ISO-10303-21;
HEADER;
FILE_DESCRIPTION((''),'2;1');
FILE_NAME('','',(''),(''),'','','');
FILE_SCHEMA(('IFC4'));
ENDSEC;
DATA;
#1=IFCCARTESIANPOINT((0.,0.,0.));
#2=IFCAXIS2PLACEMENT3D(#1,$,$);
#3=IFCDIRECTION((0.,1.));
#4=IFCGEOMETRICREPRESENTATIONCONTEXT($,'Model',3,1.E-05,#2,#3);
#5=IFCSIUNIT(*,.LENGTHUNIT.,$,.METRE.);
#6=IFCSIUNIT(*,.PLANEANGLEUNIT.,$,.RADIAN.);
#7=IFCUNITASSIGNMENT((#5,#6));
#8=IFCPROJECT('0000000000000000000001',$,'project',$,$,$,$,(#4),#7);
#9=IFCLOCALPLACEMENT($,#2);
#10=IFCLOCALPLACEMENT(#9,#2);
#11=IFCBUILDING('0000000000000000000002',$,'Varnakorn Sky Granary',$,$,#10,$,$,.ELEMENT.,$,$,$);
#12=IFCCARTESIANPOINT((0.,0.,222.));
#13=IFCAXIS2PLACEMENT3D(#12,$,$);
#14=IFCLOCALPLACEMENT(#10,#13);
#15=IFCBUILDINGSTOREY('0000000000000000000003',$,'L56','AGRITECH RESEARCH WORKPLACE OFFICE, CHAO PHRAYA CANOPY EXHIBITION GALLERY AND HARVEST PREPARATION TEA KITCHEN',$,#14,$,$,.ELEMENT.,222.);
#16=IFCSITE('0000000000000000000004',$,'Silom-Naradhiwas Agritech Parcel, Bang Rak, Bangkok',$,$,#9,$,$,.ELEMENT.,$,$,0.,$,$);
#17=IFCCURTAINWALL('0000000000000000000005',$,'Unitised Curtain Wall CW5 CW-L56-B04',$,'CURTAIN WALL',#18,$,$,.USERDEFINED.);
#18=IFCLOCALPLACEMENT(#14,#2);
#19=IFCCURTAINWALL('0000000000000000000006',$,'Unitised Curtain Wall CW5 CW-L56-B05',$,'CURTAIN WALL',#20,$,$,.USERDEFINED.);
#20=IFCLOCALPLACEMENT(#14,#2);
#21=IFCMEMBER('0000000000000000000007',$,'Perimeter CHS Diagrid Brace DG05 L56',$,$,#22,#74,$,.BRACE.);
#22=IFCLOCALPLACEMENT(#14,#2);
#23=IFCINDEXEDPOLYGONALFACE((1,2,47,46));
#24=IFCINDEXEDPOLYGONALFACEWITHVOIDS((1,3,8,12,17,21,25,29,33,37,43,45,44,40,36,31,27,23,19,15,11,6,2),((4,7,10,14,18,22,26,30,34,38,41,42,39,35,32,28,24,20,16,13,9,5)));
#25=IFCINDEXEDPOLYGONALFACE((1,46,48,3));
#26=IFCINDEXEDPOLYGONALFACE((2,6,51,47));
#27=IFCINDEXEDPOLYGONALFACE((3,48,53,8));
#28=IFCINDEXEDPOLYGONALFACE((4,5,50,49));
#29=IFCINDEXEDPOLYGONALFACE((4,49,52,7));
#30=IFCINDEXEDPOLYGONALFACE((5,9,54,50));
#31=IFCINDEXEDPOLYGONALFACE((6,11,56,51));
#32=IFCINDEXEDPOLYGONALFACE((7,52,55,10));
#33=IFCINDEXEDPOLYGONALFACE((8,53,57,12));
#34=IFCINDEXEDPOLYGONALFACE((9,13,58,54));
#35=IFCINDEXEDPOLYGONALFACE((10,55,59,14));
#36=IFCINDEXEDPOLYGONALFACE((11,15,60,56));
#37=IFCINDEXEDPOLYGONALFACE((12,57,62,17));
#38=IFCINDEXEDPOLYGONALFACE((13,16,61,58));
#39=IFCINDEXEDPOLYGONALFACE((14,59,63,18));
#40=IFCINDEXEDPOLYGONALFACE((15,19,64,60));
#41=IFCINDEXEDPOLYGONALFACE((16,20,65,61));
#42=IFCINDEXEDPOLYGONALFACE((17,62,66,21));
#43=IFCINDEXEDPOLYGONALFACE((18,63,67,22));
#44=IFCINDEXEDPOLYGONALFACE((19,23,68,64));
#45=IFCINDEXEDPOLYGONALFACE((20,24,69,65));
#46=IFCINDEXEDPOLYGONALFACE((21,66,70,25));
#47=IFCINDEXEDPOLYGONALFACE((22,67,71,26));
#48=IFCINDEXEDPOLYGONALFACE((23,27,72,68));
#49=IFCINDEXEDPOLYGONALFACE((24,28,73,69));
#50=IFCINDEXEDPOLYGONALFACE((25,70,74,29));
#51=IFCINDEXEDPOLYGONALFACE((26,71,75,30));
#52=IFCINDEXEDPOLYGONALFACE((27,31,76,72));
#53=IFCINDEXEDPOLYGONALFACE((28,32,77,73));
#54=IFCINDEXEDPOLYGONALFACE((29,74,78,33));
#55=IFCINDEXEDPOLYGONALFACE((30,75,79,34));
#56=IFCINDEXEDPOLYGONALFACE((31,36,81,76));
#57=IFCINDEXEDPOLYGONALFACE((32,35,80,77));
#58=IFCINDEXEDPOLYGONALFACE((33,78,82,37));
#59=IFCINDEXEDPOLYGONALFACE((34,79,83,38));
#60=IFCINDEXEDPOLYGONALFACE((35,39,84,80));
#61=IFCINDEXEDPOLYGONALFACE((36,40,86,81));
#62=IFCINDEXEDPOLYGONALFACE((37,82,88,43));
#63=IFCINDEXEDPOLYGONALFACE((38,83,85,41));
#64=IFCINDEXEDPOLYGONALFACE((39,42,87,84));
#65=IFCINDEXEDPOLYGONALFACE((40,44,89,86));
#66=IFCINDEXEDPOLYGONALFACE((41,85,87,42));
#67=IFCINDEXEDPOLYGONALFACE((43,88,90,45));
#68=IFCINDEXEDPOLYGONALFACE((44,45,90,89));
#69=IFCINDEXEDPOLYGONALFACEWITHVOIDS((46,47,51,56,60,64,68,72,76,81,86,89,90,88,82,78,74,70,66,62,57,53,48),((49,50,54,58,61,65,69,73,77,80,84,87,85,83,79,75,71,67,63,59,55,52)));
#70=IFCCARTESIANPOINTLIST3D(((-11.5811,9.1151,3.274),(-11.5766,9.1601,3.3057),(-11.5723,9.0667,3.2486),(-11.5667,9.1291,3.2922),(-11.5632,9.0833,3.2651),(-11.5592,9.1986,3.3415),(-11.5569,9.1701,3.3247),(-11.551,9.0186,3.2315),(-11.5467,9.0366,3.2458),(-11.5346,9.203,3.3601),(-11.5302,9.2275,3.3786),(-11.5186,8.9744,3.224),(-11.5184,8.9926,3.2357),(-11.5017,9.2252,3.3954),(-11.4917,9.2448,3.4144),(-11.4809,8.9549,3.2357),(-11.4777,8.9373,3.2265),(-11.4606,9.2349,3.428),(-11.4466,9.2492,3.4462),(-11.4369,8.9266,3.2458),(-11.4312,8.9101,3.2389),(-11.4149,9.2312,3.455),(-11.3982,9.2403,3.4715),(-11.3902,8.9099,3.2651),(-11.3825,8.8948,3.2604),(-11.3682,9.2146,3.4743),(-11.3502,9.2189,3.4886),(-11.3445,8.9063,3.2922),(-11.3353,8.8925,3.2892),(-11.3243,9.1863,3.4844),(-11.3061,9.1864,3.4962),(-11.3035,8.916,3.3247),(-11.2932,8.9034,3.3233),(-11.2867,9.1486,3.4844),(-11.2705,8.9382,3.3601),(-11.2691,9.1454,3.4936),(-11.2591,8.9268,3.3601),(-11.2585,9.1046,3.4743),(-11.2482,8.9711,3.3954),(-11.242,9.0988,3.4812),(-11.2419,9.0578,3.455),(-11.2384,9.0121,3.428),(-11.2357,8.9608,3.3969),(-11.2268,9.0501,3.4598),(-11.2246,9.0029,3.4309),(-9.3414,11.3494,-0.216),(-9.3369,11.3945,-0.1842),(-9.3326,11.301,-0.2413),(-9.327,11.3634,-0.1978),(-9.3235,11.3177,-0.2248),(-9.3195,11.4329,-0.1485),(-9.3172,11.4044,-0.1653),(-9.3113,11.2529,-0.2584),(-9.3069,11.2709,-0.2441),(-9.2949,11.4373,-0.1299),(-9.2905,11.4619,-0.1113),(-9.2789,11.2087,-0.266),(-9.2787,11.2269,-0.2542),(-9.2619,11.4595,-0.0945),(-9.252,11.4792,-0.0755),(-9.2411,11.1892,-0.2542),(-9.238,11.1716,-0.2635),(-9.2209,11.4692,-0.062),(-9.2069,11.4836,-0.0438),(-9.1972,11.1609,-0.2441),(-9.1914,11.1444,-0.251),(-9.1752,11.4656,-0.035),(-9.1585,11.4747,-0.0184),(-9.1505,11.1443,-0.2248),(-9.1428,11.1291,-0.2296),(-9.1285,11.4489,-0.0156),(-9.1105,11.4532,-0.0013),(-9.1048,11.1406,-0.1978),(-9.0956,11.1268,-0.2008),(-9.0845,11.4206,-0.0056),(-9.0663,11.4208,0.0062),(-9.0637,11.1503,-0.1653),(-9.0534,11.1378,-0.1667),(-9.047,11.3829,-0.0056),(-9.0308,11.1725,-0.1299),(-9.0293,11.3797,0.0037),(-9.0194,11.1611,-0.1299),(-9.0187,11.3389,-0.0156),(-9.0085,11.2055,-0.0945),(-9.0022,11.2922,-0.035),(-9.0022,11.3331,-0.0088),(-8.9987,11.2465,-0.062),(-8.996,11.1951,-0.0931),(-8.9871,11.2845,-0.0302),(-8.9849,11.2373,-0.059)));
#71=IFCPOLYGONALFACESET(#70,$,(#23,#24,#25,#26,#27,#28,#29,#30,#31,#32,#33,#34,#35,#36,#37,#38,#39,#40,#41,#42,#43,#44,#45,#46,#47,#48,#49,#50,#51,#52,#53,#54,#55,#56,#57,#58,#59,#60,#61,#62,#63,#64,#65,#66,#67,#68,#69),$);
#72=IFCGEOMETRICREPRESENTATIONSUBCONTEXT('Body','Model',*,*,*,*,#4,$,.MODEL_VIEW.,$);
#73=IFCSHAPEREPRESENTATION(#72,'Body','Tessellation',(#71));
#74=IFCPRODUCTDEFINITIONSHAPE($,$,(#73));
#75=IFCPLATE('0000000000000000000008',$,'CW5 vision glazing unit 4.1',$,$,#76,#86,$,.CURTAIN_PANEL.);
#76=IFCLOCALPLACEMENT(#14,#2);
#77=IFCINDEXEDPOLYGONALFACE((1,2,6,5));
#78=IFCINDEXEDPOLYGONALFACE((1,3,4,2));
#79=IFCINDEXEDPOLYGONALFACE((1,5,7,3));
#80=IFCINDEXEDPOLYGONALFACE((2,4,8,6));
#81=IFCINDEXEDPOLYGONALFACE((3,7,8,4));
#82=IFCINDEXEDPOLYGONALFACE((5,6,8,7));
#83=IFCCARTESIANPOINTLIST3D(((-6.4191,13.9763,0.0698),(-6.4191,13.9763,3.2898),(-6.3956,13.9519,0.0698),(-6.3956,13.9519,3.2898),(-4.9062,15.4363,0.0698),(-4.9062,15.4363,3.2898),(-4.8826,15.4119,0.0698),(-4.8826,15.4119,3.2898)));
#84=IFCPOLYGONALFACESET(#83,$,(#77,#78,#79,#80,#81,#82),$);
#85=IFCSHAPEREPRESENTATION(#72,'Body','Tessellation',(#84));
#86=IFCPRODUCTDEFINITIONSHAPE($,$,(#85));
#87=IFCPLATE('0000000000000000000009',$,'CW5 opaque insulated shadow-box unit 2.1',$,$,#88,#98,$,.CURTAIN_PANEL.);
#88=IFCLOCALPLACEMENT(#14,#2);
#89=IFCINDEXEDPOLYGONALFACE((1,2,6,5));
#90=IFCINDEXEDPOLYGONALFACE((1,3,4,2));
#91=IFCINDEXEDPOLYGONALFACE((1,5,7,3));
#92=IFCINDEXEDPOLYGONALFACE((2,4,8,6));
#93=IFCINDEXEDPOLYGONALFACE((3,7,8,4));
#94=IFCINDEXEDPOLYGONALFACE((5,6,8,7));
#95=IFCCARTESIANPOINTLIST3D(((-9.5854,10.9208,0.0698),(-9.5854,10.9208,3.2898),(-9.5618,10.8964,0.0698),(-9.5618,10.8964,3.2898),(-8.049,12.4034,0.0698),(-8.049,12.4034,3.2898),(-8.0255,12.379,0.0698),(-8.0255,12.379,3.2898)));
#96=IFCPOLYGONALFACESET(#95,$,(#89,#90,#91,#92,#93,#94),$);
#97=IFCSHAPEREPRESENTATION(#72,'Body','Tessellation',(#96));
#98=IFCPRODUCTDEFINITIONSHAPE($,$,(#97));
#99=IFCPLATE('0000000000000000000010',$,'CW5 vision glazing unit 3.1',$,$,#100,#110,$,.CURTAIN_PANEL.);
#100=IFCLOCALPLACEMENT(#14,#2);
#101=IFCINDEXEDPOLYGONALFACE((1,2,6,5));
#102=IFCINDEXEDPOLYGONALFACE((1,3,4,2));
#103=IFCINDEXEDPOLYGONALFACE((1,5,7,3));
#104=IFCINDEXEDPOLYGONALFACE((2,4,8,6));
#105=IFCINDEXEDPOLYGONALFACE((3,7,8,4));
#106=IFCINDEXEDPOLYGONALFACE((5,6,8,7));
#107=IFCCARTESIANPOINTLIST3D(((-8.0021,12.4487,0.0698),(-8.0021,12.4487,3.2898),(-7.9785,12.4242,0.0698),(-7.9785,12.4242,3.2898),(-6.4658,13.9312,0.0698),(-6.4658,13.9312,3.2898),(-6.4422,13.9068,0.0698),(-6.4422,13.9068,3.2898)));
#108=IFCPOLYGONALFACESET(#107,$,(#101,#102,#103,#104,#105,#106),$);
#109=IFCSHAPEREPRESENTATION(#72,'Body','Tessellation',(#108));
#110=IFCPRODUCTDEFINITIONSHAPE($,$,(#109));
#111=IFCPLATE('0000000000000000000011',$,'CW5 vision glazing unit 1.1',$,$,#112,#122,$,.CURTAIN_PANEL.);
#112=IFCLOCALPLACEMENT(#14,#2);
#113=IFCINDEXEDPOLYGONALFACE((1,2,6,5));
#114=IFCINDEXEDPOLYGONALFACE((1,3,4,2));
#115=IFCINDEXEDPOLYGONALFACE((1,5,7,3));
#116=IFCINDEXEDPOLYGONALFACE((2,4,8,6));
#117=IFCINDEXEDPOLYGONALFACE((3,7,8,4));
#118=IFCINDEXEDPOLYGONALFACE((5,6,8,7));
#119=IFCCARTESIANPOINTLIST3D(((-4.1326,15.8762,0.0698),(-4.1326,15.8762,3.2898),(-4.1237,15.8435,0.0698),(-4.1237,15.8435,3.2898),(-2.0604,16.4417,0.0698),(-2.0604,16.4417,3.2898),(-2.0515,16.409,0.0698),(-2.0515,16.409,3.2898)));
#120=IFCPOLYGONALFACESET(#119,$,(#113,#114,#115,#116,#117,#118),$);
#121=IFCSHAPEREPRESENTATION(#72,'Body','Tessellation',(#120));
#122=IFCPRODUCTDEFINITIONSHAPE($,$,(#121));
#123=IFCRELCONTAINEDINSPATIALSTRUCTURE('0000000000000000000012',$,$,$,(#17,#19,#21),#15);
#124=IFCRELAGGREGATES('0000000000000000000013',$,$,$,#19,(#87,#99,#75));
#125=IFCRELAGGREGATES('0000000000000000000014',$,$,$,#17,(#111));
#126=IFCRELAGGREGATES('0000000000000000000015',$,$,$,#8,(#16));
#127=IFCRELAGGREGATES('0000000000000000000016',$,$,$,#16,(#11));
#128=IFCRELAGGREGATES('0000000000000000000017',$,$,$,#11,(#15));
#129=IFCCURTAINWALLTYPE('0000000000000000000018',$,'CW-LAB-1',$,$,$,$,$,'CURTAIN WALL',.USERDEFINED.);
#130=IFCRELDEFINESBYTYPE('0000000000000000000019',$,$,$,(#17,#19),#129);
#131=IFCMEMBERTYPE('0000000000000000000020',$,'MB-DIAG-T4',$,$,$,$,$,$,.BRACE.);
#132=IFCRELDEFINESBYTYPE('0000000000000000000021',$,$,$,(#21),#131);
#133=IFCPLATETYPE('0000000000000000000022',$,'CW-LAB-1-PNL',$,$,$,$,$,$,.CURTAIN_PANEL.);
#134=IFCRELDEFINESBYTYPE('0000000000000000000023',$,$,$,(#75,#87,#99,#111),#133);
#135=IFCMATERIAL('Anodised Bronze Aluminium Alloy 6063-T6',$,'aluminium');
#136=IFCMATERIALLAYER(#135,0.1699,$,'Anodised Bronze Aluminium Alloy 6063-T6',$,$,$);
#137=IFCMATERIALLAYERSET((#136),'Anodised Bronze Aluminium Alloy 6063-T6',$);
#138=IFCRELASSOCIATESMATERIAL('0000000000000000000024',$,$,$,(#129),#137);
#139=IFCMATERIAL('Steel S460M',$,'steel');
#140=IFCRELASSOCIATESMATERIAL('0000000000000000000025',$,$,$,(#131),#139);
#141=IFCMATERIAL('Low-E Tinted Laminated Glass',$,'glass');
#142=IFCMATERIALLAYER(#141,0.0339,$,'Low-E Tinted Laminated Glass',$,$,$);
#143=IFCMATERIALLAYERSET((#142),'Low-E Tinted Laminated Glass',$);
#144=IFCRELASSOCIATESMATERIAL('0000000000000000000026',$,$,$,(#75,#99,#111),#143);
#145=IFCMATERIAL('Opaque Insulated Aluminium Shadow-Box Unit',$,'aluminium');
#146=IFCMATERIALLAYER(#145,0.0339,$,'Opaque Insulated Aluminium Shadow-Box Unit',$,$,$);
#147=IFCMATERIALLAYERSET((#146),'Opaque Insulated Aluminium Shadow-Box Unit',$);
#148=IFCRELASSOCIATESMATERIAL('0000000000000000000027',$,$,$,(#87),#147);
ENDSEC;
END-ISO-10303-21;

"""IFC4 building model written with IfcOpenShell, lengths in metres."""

from ifc_helpers import new_model, si_unit, direction, frame, origin, origin_2d, place, context, subcontext, project, spatial, rectangle, hollow_circle, extrude, source, transform, mapped, material, layer, layer_set, material_profile, profile_set, type_object, type_shapes, element, aggregate, save


model = new_model("IFC4")

# Units and contexts
model_context = context("Model", 3, precision=1e-05, world=origin(), true_north=direction((0.0, 1.0)))
body_context = subcontext(model_context, "Body", "Model", "MODEL_VIEW")
ifc_project = project(units=[si_unit("LENGTHUNIT", "METRE"), si_unit("PLANEANGLEUNIT", "RADIAN")], contexts=[model_context])

# Site, building, storey
site_placement = place(None, origin())
site = spatial("IfcSite", under=ifc_project, at=site_placement, Name="Silom-Naradhiwas Agritech Parcel, Bang Rak, Bangkok", CompositionType="ELEMENT", RefElevation=0.0)
building_placement = place(site_placement, origin())
building = spatial("IfcBuilding", under=site, at=building_placement, Name="Varnakorn Sky Granary", CompositionType="ELEMENT")
storey_placement = place(building_placement, frame((0.0, 0.0, 222.0)))
storey = spatial("IfcBuildingStorey", under=building, at=storey_placement, Name="L56", Description="AGRITECH RESEARCH WORKPLACE OFFICE, CHAO PHRAYA CANOPY EXHIBITION GALLERY AND HARVEST PREPARATION TEA KITCHEN", CompositionType="ELEMENT", Elevation=222.0)

# Shared definitions
ifc_material_1 = material(Name="Steel S460M", Category="steel")

# Curtain wall
ifc_material_2 = material(Name="Anodised Bronze Aluminium Alloy 6063-T6", Category="aluminium")
ifc_layer_1 = layer(ifc_material_2, 0.1699, Name="Anodised Bronze Aluminium Alloy 6063-T6")
ifc_layer_set_1 = layer_set([ifc_layer_1], Name="Anodised Bronze Aluminium Alloy 6063-T6")
curtain_wall_type = type_object("IfcCurtainWallType", Name="CW-LAB-1", ElementType="CURTAIN WALL", PredefinedType="USERDEFINED", material=ifc_layer_set_1)
curtain_wall_1_placement = place(storey_placement, origin())
curtain_wall_1 = element("IfcCurtainWall", 1, at=curtain_wall_1_placement, inside=storey, type_object=curtain_wall_type, Name="Unitised Curtain Wall CW5 CW-L56-B04", ObjectType="CURTAIN WALL", PredefinedType="USERDEFINED")

# Curtain wall
curtain_wall_2_placement = place(storey_placement, origin())
curtain_wall_2 = element("IfcCurtainWall", 2, at=curtain_wall_2_placement, inside=storey, type_object=curtain_wall_type, Name="Unitised Curtain Wall CW5 CW-L56-B05", ObjectType="CURTAIN WALL", PredefinedType="USERDEFINED")

# Member
ifc_material_profile_1 = material_profile(ifc_material_1, hollow_circle(Radius=0.2031, WallThickness=0.0161, at=origin_2d()), Name="CHS 406.4x16")
ifc_profile_set_1 = profile_set([ifc_material_profile_1], Name="Steel S460M")
member_type_1 = type_object("IfcMemberType", Name="MB-DIAG-T4", PredefinedType="BRACE", material=ifc_profile_set_1)
member_1_placement = place(storey_placement, frame((-9.1628, 11.3049, -0.1299), z_axis=(-0.475478, -0.474338, 0.740894), x_axis=(0.706257, -0.707955, 0.0)))
element("IfcMember", 3, at=member_1_placement, inside=storey, type_object=member_type_1, Name="Perimeter CHS Diagrid Brace DG05 L56", PredefinedType="BRACE", context=body_context, shape_type="SweptSolid", body=[
    extrude(hollow_circle(Radius=0.2031, WallThickness=0.0161, at=origin_2d()), origin(), (0.0, 0.0, 1.0), 4.7104),
])

# Plates
ifc_material_3 = material(Name="Low-E Tinted Laminated Glass", Category="glass")
ifc_layer_2 = layer(ifc_material_3, 0.0339, Name="Low-E Tinted Laminated Glass")
ifc_layer_set_2 = layer_set([ifc_layer_2], Name="Low-E Tinted Laminated Glass")
plate_type = type_object("IfcPlateType", Name="CW-LAB-1-PNL", PredefinedType="CURTAIN_PANEL")
shared_shape_1 = source(origin(), body_context, "Body", "SweptSolid", [
    extrude(rectangle(XDim=2.1025, YDim=0.0339, at=origin_2d()), origin(), (0.0, 0.0, 1.0), 3.22),
])
plate_1_placement = place(storey_placement, frame((-5.6509, 14.6941, 0.0698), z_axis=(0.0, 0.0, 1.0), x_axis=(0.719585, 0.694404, 0.0)))
plate_1 = element("IfcPlate", 4, at=plate_1_placement, type_object=plate_type, material=ifc_layer_set_2, Name="CW5 vision glazing unit 4.1", PredefinedType="CURTAIN_PANEL", context=body_context, shape_type="MappedRepresentation", body=[
    mapped(shared_shape_1, transform((0.0, 0.0, 0.0), x_axis=(1.0, 0.0, 0.0), y_axis=(0.0, 1.0, 0.0), z_axis=(0.0, 0.0, 1.0), scale=1.0)),
])
ifc_material_4 = material(Name="Opaque Insulated Aluminium Shadow-Box Unit", Category="aluminium")
ifc_layer_3 = layer(ifc_material_4, 0.0339, Name="Opaque Insulated Aluminium Shadow-Box Unit")
ifc_layer_set_3 = layer_set([ifc_layer_3], Name="Opaque Insulated Aluminium Shadow-Box Unit")
shared_shape_2 = source(origin(), body_context, "Body", "SweptSolid", [
    extrude(rectangle(XDim=2.135, YDim=0.0339, at=origin_2d()), origin(), (0.0, 0.0, 1.0), 3.22),
])
plate_2_placement = place(storey_placement, frame((-8.8054, 11.6499, 0.0698), z_axis=(0.0, 0.0, 1.0), x_axis=(0.719585, 0.694404, 0.0)))
plate_2 = element("IfcPlate", 5, at=plate_2_placement, type_object=plate_type, material=ifc_layer_set_3, Name="CW5 opaque insulated shadow-box unit 2.1", PredefinedType="CURTAIN_PANEL", context=body_context, shape_type="MappedRepresentation", body=[
    mapped(shared_shape_2, transform((0.0, 0.0, 0.0), x_axis=(1.0, 0.0, 0.0), y_axis=(0.0, 1.0, 0.0), z_axis=(0.0, 0.0, 1.0), scale=1.0)),
])
plate_3_placement = place(storey_placement, frame((-7.2222, 13.1777, 0.0698), z_axis=(0.0, 0.0, 1.0), x_axis=(0.719585, 0.694404, 0.0)))
plate_3 = element("IfcPlate", 6, at=plate_3_placement, type_object=plate_type, material=ifc_layer_set_2, Name="CW5 vision glazing unit 3.1", PredefinedType="CURTAIN_PANEL", context=body_context, shape_type="MappedRepresentation", body=[
    mapped(shared_shape_2, transform((0.0, 0.0, 0.0), x_axis=(1.0, 0.0, 0.0), y_axis=(0.0, 1.0, 0.0), z_axis=(0.0, 0.0, 1.0), scale=1.0)),
])
aggregate(curtain_wall_2, [plate_2, plate_3, plate_1])
shared_shape_3 = source(origin(), body_context, "Body", "SweptSolid", [
    extrude(rectangle(XDim=2.1479, YDim=0.0339, at=origin_2d()), origin(), (0.0, 0.0, 1.0), 3.22),
])
type_shapes(plate_type, [shared_shape_1, shared_shape_2, shared_shape_3])
plate_4_placement = place(storey_placement, frame((-3.092, 16.1426, 0.0698), z_axis=(0.0, 0.0, 1.0), x_axis=(0.964721, 0.263276, 0.0)))
plate_4 = element("IfcPlate", 7, at=plate_4_placement, type_object=plate_type, material=ifc_layer_set_2, Name="CW5 vision glazing unit 1.1", PredefinedType="CURTAIN_PANEL", context=body_context, shape_type="MappedRepresentation", body=[
    mapped(shared_shape_3, transform((0.0, 0.0, 0.0), x_axis=(1.0, 0.0, 0.0), y_axis=(0.0, 1.0, 0.0), z_axis=(0.0, 0.0, 1.0), scale=1.0)),
])
aggregate(curtain_wall_1, [plate_4])

save(model, "model.ifc")
